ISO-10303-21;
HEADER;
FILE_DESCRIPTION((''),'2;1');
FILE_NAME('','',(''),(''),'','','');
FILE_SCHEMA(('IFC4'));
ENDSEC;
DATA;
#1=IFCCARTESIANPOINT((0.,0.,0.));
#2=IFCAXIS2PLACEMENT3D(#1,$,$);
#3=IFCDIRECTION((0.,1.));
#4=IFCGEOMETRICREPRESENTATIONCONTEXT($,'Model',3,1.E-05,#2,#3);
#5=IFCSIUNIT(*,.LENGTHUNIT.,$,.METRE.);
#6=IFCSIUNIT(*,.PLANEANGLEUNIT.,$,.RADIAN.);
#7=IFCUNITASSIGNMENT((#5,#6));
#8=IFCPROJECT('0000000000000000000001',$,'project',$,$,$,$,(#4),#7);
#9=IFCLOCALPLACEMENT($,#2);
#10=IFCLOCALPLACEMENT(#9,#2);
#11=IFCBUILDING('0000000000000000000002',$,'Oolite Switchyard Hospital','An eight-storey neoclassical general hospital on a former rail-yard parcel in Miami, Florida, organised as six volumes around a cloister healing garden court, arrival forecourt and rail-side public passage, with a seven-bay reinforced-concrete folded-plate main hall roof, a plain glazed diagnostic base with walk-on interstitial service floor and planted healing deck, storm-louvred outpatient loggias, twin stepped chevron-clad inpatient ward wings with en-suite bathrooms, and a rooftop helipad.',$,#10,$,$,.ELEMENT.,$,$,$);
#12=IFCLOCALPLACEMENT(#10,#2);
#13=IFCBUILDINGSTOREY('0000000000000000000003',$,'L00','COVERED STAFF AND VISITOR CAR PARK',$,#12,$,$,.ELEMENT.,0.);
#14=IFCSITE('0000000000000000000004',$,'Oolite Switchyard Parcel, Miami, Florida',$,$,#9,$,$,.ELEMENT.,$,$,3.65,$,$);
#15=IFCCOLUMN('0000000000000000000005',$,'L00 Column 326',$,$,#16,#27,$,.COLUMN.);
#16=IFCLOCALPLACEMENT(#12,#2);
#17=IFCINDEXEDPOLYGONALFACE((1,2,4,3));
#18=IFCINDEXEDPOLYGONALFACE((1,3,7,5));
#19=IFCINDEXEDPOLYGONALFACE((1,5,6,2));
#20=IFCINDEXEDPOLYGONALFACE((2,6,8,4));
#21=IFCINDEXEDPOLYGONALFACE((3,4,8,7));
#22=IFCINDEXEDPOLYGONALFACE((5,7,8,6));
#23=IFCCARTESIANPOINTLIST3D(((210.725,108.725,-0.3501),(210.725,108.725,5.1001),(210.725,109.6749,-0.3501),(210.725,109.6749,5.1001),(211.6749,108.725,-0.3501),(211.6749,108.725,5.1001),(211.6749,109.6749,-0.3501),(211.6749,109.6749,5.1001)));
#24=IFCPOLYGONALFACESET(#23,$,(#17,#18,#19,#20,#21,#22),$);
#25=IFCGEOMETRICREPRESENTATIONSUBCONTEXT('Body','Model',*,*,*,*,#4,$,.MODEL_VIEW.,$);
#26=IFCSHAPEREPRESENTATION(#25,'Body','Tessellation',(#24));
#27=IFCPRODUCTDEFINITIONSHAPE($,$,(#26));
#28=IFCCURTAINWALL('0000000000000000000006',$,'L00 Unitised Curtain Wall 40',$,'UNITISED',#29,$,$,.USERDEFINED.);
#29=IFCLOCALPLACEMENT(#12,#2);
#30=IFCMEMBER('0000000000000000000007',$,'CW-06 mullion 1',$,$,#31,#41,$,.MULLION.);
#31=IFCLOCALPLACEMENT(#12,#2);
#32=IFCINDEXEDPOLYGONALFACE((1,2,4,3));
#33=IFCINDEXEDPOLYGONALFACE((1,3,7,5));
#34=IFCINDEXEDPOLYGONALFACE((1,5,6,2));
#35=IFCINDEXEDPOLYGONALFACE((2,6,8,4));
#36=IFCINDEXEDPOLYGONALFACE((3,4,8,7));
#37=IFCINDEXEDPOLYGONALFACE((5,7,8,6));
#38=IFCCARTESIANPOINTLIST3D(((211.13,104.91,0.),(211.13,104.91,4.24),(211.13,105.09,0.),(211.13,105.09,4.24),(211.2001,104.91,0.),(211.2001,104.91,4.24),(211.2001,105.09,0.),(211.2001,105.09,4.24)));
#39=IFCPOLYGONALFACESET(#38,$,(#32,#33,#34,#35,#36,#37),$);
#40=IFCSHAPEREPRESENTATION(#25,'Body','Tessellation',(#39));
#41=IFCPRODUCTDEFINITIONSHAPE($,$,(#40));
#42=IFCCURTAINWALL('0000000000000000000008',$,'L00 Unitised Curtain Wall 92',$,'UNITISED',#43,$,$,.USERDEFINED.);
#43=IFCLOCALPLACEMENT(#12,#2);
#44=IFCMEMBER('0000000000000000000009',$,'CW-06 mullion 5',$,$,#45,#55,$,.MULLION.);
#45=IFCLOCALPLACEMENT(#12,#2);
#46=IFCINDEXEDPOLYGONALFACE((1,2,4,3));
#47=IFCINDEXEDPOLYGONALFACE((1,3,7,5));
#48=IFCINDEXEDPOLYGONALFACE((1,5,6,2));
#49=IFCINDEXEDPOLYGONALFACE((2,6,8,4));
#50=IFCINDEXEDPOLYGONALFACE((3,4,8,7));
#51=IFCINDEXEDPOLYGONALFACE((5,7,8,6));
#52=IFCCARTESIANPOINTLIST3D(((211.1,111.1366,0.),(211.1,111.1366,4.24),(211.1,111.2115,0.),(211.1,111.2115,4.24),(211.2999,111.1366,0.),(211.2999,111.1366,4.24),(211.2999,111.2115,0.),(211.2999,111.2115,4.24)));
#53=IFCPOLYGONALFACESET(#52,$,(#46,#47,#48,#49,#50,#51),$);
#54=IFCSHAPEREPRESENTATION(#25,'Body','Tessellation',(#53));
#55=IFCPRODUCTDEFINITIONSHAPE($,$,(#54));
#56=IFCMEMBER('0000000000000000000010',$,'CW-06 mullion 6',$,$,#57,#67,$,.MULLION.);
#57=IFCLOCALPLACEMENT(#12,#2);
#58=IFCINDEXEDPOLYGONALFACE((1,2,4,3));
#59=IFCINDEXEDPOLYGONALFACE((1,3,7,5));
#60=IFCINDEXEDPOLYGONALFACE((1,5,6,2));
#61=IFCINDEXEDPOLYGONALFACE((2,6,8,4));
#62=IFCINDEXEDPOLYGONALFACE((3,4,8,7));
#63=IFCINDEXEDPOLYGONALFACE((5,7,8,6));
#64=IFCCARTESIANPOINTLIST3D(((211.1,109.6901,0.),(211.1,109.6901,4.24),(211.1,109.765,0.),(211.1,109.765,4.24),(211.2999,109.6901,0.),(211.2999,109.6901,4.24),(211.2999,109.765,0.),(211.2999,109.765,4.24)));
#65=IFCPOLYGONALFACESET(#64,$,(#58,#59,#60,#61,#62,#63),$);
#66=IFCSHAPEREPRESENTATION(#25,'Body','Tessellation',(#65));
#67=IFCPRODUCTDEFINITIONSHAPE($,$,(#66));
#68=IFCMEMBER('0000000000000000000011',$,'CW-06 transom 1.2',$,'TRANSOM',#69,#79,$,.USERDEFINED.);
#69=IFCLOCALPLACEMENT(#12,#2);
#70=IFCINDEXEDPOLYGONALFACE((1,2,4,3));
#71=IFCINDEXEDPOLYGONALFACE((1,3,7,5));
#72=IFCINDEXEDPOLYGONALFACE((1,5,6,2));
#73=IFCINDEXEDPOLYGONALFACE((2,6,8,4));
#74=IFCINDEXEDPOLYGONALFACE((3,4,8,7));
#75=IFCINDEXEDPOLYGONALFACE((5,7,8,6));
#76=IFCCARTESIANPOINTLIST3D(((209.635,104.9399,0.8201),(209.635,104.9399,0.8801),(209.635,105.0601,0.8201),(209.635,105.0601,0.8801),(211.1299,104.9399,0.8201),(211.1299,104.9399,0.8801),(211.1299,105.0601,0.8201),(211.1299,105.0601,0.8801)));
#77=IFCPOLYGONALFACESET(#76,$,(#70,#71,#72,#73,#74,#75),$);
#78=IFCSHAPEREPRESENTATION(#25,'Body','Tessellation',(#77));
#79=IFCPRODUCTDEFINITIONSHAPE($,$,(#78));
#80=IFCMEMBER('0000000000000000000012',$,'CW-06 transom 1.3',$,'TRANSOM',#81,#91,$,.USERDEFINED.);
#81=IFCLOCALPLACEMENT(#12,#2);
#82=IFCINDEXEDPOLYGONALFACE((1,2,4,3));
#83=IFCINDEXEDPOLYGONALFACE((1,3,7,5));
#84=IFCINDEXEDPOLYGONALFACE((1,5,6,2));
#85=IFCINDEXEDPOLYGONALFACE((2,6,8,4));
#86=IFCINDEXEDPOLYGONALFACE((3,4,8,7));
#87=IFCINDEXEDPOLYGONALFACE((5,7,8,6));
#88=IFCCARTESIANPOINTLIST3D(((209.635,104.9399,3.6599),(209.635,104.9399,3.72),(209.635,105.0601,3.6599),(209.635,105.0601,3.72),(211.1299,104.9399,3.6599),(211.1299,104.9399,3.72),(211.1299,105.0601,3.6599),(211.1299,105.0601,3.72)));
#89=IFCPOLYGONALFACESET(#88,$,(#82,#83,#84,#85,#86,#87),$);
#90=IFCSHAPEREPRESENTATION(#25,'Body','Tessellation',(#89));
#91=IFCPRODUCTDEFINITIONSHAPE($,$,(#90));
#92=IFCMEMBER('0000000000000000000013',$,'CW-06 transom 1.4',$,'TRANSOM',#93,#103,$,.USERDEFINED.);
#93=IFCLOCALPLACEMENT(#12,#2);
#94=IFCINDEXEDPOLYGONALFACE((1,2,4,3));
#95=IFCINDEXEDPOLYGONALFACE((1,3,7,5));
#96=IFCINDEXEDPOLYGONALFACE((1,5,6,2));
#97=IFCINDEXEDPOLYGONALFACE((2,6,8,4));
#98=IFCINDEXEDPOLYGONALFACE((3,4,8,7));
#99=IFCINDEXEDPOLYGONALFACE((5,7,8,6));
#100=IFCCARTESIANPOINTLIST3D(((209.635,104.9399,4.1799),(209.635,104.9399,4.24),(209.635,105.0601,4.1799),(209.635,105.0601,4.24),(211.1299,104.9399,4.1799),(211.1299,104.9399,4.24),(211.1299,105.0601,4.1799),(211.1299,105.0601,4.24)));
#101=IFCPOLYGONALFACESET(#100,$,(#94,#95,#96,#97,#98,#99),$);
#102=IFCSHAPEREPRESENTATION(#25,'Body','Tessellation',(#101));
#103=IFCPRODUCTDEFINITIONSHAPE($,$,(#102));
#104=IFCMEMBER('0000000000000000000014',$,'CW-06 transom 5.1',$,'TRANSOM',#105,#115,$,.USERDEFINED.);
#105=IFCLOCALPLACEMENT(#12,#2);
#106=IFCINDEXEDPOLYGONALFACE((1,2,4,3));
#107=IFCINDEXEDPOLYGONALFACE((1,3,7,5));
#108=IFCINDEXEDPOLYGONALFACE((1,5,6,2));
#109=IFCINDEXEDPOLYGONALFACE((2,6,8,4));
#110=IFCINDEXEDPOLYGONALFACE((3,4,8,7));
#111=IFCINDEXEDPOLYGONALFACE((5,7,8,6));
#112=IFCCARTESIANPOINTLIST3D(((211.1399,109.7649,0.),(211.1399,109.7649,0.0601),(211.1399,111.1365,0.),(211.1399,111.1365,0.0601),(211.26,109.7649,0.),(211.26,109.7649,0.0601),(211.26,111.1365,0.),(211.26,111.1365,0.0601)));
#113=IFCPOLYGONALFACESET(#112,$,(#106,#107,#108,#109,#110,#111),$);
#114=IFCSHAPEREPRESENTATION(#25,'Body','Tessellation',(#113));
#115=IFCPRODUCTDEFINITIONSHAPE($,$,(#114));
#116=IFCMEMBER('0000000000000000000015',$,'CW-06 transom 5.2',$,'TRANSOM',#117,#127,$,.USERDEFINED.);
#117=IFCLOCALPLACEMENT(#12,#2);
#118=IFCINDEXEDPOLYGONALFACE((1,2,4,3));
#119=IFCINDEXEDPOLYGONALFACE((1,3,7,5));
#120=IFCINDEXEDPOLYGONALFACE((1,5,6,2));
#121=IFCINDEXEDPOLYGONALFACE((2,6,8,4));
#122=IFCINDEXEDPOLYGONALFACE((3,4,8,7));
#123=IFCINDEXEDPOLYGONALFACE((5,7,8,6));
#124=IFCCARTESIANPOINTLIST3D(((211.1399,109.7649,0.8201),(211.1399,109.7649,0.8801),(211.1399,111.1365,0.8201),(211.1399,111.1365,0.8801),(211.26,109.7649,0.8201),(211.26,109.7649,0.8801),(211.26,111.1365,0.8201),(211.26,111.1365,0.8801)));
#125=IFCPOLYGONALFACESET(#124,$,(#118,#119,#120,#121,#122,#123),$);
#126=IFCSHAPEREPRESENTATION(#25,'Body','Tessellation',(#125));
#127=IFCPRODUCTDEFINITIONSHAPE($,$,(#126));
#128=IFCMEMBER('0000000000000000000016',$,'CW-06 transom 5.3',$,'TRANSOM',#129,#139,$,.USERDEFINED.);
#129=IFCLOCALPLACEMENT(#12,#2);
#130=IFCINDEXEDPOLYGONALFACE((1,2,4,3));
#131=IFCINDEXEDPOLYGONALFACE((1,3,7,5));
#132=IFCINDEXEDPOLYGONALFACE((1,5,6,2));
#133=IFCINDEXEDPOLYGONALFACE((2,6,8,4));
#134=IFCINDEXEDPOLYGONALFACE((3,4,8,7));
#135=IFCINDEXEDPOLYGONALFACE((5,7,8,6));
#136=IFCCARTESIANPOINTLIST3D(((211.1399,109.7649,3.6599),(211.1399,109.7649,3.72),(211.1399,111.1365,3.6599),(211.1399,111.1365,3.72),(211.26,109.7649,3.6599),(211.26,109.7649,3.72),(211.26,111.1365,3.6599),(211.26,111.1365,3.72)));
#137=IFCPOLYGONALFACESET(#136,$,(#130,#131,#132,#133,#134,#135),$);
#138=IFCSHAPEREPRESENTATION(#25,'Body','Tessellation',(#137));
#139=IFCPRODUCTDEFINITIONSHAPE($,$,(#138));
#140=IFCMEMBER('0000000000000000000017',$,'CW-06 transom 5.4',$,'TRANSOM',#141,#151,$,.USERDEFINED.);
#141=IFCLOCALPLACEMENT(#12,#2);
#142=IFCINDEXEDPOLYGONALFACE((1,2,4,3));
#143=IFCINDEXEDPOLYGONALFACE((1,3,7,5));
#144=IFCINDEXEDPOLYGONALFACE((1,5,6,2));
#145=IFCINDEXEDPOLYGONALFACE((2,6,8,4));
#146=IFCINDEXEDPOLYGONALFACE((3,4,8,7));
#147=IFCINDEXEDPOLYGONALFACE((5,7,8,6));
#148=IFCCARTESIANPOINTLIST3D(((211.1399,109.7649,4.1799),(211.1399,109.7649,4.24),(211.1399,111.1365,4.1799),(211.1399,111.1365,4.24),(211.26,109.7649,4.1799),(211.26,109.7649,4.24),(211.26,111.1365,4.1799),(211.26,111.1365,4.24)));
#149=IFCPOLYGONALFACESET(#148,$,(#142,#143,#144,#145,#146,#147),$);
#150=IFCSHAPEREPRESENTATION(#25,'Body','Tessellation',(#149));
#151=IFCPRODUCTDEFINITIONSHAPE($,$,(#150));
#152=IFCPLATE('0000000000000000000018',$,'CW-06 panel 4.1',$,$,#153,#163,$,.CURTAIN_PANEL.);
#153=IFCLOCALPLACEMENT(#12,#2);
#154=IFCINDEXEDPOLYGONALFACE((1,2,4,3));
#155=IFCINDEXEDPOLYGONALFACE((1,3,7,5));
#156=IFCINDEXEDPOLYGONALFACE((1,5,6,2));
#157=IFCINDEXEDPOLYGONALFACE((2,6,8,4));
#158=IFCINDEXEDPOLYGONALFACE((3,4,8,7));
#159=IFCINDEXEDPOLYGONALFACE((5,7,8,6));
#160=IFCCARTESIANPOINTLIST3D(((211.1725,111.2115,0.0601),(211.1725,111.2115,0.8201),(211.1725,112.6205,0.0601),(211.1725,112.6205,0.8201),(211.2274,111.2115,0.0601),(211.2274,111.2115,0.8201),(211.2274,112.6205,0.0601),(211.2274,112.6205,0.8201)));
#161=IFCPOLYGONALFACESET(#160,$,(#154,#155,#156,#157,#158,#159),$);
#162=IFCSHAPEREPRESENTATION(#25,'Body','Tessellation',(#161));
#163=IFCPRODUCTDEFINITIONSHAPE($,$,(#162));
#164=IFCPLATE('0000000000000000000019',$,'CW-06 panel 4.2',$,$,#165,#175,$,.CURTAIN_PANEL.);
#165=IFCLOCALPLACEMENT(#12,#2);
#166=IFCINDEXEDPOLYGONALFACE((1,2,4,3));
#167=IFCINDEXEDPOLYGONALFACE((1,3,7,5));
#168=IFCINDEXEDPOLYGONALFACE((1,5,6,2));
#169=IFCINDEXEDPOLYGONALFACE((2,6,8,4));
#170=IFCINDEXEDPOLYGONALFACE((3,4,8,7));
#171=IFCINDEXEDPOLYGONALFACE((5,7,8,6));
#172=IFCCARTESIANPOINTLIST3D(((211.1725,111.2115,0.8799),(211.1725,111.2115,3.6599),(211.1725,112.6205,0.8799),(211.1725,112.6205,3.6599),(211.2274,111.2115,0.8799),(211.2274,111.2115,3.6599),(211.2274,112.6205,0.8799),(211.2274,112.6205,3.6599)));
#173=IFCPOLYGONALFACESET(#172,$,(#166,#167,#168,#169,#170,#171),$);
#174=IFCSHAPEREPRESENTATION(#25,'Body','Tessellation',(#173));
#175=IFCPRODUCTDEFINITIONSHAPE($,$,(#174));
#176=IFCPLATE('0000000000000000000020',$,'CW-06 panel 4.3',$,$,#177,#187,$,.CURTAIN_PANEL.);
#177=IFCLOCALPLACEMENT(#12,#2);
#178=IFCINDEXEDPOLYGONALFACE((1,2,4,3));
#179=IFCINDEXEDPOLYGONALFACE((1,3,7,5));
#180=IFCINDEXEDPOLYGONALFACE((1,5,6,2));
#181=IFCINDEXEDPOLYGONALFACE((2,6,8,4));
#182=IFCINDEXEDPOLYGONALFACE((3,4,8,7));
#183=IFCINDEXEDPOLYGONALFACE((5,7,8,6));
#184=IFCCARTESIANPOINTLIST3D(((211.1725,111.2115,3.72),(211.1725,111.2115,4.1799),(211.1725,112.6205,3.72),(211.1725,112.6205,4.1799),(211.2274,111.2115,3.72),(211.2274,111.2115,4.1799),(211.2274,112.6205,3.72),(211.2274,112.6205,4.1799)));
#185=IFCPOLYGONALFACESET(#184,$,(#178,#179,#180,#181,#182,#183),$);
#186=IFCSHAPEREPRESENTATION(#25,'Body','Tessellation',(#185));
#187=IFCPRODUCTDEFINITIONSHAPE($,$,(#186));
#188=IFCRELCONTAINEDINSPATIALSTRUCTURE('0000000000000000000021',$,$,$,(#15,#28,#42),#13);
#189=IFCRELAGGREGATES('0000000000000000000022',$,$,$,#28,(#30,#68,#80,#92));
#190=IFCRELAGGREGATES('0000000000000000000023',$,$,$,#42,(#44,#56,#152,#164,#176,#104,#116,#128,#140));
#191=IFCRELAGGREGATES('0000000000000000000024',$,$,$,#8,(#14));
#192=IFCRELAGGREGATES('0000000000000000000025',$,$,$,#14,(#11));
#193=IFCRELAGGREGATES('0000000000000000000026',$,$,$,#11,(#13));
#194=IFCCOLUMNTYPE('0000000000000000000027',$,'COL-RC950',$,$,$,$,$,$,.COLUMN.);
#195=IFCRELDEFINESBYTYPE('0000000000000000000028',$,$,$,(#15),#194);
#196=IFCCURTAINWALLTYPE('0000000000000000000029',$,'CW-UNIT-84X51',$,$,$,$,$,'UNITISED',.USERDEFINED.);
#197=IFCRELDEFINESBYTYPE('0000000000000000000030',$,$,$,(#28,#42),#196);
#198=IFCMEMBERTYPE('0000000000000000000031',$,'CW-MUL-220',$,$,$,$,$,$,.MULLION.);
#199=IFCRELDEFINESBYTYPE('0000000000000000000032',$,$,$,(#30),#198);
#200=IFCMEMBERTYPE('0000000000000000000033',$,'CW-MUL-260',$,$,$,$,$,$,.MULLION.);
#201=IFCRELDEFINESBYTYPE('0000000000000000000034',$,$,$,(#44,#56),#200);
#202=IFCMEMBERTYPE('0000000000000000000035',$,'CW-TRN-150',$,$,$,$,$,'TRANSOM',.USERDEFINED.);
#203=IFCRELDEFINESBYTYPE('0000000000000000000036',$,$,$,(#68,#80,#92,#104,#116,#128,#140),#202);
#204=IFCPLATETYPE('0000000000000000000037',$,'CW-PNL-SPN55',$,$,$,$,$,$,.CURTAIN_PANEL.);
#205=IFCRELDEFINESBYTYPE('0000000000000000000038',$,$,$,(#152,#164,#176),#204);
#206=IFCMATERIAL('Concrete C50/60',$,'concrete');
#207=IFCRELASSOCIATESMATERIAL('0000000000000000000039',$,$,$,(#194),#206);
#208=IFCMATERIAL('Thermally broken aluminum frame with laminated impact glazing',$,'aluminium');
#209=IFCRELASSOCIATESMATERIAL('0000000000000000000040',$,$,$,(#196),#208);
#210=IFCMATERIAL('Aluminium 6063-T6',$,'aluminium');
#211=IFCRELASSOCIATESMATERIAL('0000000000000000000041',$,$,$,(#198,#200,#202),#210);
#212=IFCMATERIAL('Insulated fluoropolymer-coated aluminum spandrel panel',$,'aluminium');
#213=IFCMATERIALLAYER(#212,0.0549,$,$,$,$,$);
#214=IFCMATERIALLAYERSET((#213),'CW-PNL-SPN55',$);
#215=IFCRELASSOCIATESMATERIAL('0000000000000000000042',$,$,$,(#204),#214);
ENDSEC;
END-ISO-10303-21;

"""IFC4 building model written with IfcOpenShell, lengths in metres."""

from ifc_helpers import new_model, si_unit, direction, frame, origin, origin_2d, place, context, subcontext, project, spatial, rectangle, extrude, material, layer, layer_set, material_profile, profile_set, type_object, element, aggregate, save


model = new_model("IFC4")

# Units and contexts
model_context = context("Model", 3, precision=1e-05, world=origin(), true_north=direction((0.0, 1.0)))
body_context = subcontext(model_context, "Body", "Model", "MODEL_VIEW")
ifc_project = project(units=[si_unit("LENGTHUNIT", "METRE"), si_unit("PLANEANGLEUNIT", "RADIAN")], contexts=[model_context])

# Site, building, storey
site_placement = place(None, origin())
site = spatial("IfcSite", under=ifc_project, at=site_placement, Name="Oolite Switchyard Parcel, Miami, Florida", CompositionType="ELEMENT", RefElevation=3.65)
building_placement = place(site_placement, origin())
building = spatial("IfcBuilding", under=site, at=building_placement, Name="Oolite Switchyard Hospital", Description="An eight-storey neoclassical general hospital on a former rail-yard parcel in Miami, Florida, organised as six volumes around a cloister healing garden court, arrival forecourt and rail-side public passage, with a seven-bay reinforced-concrete folded-plate main hall roof, a plain glazed diagnostic base with walk-on interstitial service floor and planted healing deck, storm-louvred outpatient loggias, twin stepped chevron-clad inpatient ward wings with en-suite bathrooms, and a rooftop helipad.", CompositionType="ELEMENT")
storey_placement = place(building_placement, origin())
storey = spatial("IfcBuildingStorey", under=building, at=storey_placement, Name="L00", Description="COVERED STAFF AND VISITOR CAR PARK", CompositionType="ELEMENT", Elevation=0.0)

# Column
ifc_material_1 = material(Name="Concrete C50/60", Category="concrete")
ifc_material_profile_1 = material_profile(ifc_material_1, rectangle(XDim=0.95, YDim=0.95, at=origin_2d()), Name="RC950X950")
ifc_profile_set_1 = profile_set([ifc_material_profile_1], Name="Concrete C50/60")
column_type = type_object("IfcColumnType", Name="COL-RC950", PredefinedType="COLUMN", material=ifc_profile_set_1)
column_placement = place(storey_placement, frame((211.2, 109.2, -0.3501), z_axis=(0.0, 0.0, 1.0), x_axis=(1.0, 0.0, 0.0)))
element("IfcColumn", 1, at=column_placement, inside=storey, type_object=column_type, Name="L00 Column 326", PredefinedType="COLUMN", context=body_context, shape_type="SweptSolid", body=[
    extrude(rectangle(XDim=0.95, YDim=0.95, at=origin_2d()), origin(), (0.0, 0.0, 1.0), 5.4502),
])

# Curtain wall, member
ifc_material_2 = material(Name="Thermally broken aluminum frame with laminated impact glazing", Category="aluminium")
curtain_wall_type = type_object("IfcCurtainWallType", Name="CW-UNIT-84X51", ElementType="UNITISED", PredefinedType="USERDEFINED", material=ifc_material_2)
curtain_wall_1_placement = place(storey_placement, origin())
curtain_wall_1 = element("IfcCurtainWall", 2, at=curtain_wall_1_placement, inside=storey, type_object=curtain_wall_type, Name="L00 Unitised Curtain Wall 40", ObjectType="UNITISED", PredefinedType="USERDEFINED")
ifc_material_3 = material(Name="Aluminium 6063-T6", Category="aluminium")
ifc_material_profile_2 = material_profile(ifc_material_3, rectangle(XDim=0.1799, YDim=0.0701, at=origin_2d()), Name="CWM70X180")
ifc_profile_set_2 = profile_set([ifc_material_profile_2], Name="Aluminium 6063-T6")
member_type_1 = type_object("IfcMemberType", Name="CW-MUL-220", PredefinedType="MULLION", material=ifc_profile_set_2)
member_1_placement = place(storey_placement, frame((211.165, 105.0, 0.0), z_axis=(0.0, 0.0, 1.0), x_axis=(0.0, -1.0, 0.0)))
member_1 = element("IfcMember", 3, at=member_1_placement, type_object=member_type_1, Name="CW-06 mullion 1", PredefinedType="MULLION", context=body_context, shape_type="SweptSolid", body=[
    extrude(rectangle(XDim=0.1799, YDim=0.0701, at=origin_2d()), origin(), (0.0, 0.0, 1.0), 4.24),
])

# Curtain wall, members
curtain_wall_2_placement = place(storey_placement, origin())
curtain_wall_2 = element("IfcCurtainWall", 4, at=curtain_wall_2_placement, inside=storey, type_object=curtain_wall_type, Name="L00 Unitised Curtain Wall 92", ObjectType="UNITISED", PredefinedType="USERDEFINED")
ifc_material_profile_3 = material_profile(ifc_material_3, rectangle(XDim=0.2, YDim=0.075, at=origin_2d()), Name="CWM75X200")
ifc_profile_set_3 = profile_set([ifc_material_profile_3], Name="Aluminium 6063-T6")
member_type_2 = type_object("IfcMemberType", Name="CW-MUL-260", PredefinedType="MULLION", material=ifc_profile_set_3)
member_2_placement = place(storey_placement, frame((211.2, 111.1741, 0.0), z_axis=(0.0, 0.0, 1.0), x_axis=(1.0, 0.0, 0.0)))
member_2 = element("IfcMember", 5, at=member_2_placement, type_object=member_type_2, Name="CW-06 mullion 5", PredefinedType="MULLION", context=body_context, shape_type="SweptSolid", body=[
    extrude(rectangle(XDim=0.2, YDim=0.075, at=origin_2d()), origin(), (0.0, 0.0, 1.0), 4.24),
])
member_3_placement = place(storey_placement, frame((211.2, 109.7275, 0.0), z_axis=(0.0, 0.0, 1.0), x_axis=(1.0, 0.0, 0.0)))
member_3 = element("IfcMember", 6, at=member_3_placement, type_object=member_type_2, Name="CW-06 mullion 6", PredefinedType="MULLION", context=body_context, shape_type="SweptSolid", body=[
    extrude(rectangle(XDim=0.2, YDim=0.075, at=origin_2d()), origin(), (0.0, 0.0, 1.0), 4.24),
])

# Members
ifc_material_profile_4 = material_profile(ifc_material_3, rectangle(XDim=0.1201, YDim=0.0601, at=origin_2d()), Name="CWT60X120")
ifc_profile_set_4 = profile_set([ifc_material_profile_4], Name="Aluminium 6063-T6")
member_type_3 = type_object("IfcMemberType", Name="CW-TRN-150", ElementType="TRANSOM", PredefinedType="USERDEFINED", material=ifc_profile_set_4)
member_4_placement = place(storey_placement, frame((211.1299, 105.0, 0.8501), z_axis=(-1.0, 0.0, 0.0), x_axis=(0.0, -1.0, 0.0)))
member_4 = element("IfcMember", 7, at=member_4_placement, type_object=member_type_3, Name="CW-06 transom 1.2", ObjectType="TRANSOM", PredefinedType="USERDEFINED", context=body_context, shape_type="SweptSolid", body=[
    extrude(rectangle(XDim=0.1201, YDim=0.0601, at=origin_2d()), origin(), (0.0, 0.0, 1.0), 1.4949),
])
member_5_placement = place(storey_placement, frame((211.1299, 105.0, 3.6899), z_axis=(-1.0, 0.0, 0.0), x_axis=(0.0, -1.0, 0.0)))
member_5 = element("IfcMember", 8, at=member_5_placement, type_object=member_type_3, Name="CW-06 transom 1.3", ObjectType="TRANSOM", PredefinedType="USERDEFINED", context=body_context, shape_type="SweptSolid", body=[
    extrude(rectangle(XDim=0.1201, YDim=0.0601, at=origin_2d()), origin(), (0.0, 0.0, 1.0), 1.4949),
])
member_6_placement = place(storey_placement, frame((211.1299, 105.0, 4.21), z_axis=(-1.0, 0.0, 0.0), x_axis=(0.0, -1.0, 0.0)))
member_6 = element("IfcMember", 9, at=member_6_placement, type_object=member_type_3, Name="CW-06 transom 1.4", ObjectType="TRANSOM", PredefinedType="USERDEFINED", context=body_context, shape_type="SweptSolid", body=[
    extrude(rectangle(XDim=0.1201, YDim=0.0601, at=origin_2d()), origin(), (0.0, 0.0, 1.0), 1.4949),
])
aggregate(curtain_wall_1, [member_1, member_4, member_5, member_6])
member_7_placement = place(storey_placement, frame((211.2, 111.1365, 0.03), z_axis=(0.0, -1.0, 0.0), x_axis=(1.0, 0.0, 0.0)))
member_7 = element("IfcMember", 10, at=member_7_placement, type_object=member_type_3, Name="CW-06 transom 5.1", ObjectType="TRANSOM", PredefinedType="USERDEFINED", context=body_context, shape_type="SweptSolid", body=[
    extrude(rectangle(XDim=0.1201, YDim=0.0601, at=origin_2d()), origin(), (0.0, 0.0, 1.0), 1.3716),
])
member_8_placement = place(storey_placement, frame((211.2, 111.1365, 0.8501), z_axis=(0.0, -1.0, 0.0), x_axis=(1.0, 0.0, 0.0)))
member_8 = element("IfcMember", 11, at=member_8_placement, type_object=member_type_3, Name="CW-06 transom 5.2", ObjectType="TRANSOM", PredefinedType="USERDEFINED", context=body_context, shape_type="SweptSolid", body=[
    extrude(rectangle(XDim=0.1201, YDim=0.0601, at=origin_2d()), origin(), (0.0, 0.0, 1.0), 1.3716),
])
member_9_placement = place(storey_placement, frame((211.2, 111.1365, 3.6899), z_axis=(0.0, -1.0, 0.0), x_axis=(1.0, 0.0, 0.0)))
member_9 = element("IfcMember", 12, at=member_9_placement, type_object=member_type_3, Name="CW-06 transom 5.3", ObjectType="TRANSOM", PredefinedType="USERDEFINED", context=body_context, shape_type="SweptSolid", body=[
    extrude(rectangle(XDim=0.1201, YDim=0.0601, at=origin_2d()), origin(), (0.0, 0.0, 1.0), 1.3716),
])
member_10_placement = place(storey_placement, frame((211.2, 111.1365, 4.21), z_axis=(0.0, -1.0, 0.0), x_axis=(1.0, 0.0, 0.0)))
member_10 = element("IfcMember", 13, at=member_10_placement, type_object=member_type_3, Name="CW-06 transom 5.4", ObjectType="TRANSOM", PredefinedType="USERDEFINED", context=body_context, shape_type="SweptSolid", body=[
    extrude(rectangle(XDim=0.1201, YDim=0.0601, at=origin_2d()), origin(), (0.0, 0.0, 1.0), 1.3716),
])

# Plates
ifc_material_4 = material(Name="Insulated fluoropolymer-coated aluminum spandrel panel", Category="aluminium")
ifc_layer_1 = layer(ifc_material_4, 0.0549)
ifc_layer_set_1 = layer_set([ifc_layer_1], Name="CW-PNL-SPN55")
plate_type = type_object("IfcPlateType", Name="CW-PNL-SPN55", PredefinedType="CURTAIN_PANEL", material=ifc_layer_set_1)
plate_1_placement = place(storey_placement, frame((211.2, 111.916, 0.0601), z_axis=(0.0, 0.0, 1.0), x_axis=(0.0, -1.0, 0.0)))
plate_1 = element("IfcPlate", 14, at=plate_1_placement, type_object=plate_type, Name="CW-06 panel 4.1", PredefinedType="CURTAIN_PANEL", context=body_context, shape_type="SweptSolid", body=[
    extrude(rectangle(XDim=1.4089, YDim=0.0549, at=origin_2d()), origin(), (0.0, 0.0, 1.0), 0.76),
])
plate_2_placement = place(storey_placement, frame((211.2, 111.916, 0.8799), z_axis=(0.0, 0.0, 1.0), x_axis=(0.0, -1.0, 0.0)))
plate_2 = element("IfcPlate", 15, at=plate_2_placement, type_object=plate_type, Name="CW-06 panel 4.2", PredefinedType="CURTAIN_PANEL", context=body_context, shape_type="SweptSolid", body=[
    extrude(rectangle(XDim=1.4089, YDim=0.0549, at=origin_2d()), origin(), (0.0, 0.0, 1.0), 2.78),
])
plate_3_placement = place(storey_placement, frame((211.2, 111.916, 3.72), z_axis=(0.0, 0.0, 1.0), x_axis=(0.0, -1.0, 0.0)))
plate_3 = element("IfcPlate", 16, at=plate_3_placement, type_object=plate_type, Name="CW-06 panel 4.3", PredefinedType="CURTAIN_PANEL", context=body_context, shape_type="SweptSolid", body=[
    extrude(rectangle(XDim=1.4089, YDim=0.0549, at=origin_2d()), origin(), (0.0, 0.0, 1.0), 0.46),
])
aggregate(curtain_wall_2, [member_2, member_3, plate_1, plate_2, plate_3, member_7, member_8, member_9, member_10])

save(model, "model.ifc")
